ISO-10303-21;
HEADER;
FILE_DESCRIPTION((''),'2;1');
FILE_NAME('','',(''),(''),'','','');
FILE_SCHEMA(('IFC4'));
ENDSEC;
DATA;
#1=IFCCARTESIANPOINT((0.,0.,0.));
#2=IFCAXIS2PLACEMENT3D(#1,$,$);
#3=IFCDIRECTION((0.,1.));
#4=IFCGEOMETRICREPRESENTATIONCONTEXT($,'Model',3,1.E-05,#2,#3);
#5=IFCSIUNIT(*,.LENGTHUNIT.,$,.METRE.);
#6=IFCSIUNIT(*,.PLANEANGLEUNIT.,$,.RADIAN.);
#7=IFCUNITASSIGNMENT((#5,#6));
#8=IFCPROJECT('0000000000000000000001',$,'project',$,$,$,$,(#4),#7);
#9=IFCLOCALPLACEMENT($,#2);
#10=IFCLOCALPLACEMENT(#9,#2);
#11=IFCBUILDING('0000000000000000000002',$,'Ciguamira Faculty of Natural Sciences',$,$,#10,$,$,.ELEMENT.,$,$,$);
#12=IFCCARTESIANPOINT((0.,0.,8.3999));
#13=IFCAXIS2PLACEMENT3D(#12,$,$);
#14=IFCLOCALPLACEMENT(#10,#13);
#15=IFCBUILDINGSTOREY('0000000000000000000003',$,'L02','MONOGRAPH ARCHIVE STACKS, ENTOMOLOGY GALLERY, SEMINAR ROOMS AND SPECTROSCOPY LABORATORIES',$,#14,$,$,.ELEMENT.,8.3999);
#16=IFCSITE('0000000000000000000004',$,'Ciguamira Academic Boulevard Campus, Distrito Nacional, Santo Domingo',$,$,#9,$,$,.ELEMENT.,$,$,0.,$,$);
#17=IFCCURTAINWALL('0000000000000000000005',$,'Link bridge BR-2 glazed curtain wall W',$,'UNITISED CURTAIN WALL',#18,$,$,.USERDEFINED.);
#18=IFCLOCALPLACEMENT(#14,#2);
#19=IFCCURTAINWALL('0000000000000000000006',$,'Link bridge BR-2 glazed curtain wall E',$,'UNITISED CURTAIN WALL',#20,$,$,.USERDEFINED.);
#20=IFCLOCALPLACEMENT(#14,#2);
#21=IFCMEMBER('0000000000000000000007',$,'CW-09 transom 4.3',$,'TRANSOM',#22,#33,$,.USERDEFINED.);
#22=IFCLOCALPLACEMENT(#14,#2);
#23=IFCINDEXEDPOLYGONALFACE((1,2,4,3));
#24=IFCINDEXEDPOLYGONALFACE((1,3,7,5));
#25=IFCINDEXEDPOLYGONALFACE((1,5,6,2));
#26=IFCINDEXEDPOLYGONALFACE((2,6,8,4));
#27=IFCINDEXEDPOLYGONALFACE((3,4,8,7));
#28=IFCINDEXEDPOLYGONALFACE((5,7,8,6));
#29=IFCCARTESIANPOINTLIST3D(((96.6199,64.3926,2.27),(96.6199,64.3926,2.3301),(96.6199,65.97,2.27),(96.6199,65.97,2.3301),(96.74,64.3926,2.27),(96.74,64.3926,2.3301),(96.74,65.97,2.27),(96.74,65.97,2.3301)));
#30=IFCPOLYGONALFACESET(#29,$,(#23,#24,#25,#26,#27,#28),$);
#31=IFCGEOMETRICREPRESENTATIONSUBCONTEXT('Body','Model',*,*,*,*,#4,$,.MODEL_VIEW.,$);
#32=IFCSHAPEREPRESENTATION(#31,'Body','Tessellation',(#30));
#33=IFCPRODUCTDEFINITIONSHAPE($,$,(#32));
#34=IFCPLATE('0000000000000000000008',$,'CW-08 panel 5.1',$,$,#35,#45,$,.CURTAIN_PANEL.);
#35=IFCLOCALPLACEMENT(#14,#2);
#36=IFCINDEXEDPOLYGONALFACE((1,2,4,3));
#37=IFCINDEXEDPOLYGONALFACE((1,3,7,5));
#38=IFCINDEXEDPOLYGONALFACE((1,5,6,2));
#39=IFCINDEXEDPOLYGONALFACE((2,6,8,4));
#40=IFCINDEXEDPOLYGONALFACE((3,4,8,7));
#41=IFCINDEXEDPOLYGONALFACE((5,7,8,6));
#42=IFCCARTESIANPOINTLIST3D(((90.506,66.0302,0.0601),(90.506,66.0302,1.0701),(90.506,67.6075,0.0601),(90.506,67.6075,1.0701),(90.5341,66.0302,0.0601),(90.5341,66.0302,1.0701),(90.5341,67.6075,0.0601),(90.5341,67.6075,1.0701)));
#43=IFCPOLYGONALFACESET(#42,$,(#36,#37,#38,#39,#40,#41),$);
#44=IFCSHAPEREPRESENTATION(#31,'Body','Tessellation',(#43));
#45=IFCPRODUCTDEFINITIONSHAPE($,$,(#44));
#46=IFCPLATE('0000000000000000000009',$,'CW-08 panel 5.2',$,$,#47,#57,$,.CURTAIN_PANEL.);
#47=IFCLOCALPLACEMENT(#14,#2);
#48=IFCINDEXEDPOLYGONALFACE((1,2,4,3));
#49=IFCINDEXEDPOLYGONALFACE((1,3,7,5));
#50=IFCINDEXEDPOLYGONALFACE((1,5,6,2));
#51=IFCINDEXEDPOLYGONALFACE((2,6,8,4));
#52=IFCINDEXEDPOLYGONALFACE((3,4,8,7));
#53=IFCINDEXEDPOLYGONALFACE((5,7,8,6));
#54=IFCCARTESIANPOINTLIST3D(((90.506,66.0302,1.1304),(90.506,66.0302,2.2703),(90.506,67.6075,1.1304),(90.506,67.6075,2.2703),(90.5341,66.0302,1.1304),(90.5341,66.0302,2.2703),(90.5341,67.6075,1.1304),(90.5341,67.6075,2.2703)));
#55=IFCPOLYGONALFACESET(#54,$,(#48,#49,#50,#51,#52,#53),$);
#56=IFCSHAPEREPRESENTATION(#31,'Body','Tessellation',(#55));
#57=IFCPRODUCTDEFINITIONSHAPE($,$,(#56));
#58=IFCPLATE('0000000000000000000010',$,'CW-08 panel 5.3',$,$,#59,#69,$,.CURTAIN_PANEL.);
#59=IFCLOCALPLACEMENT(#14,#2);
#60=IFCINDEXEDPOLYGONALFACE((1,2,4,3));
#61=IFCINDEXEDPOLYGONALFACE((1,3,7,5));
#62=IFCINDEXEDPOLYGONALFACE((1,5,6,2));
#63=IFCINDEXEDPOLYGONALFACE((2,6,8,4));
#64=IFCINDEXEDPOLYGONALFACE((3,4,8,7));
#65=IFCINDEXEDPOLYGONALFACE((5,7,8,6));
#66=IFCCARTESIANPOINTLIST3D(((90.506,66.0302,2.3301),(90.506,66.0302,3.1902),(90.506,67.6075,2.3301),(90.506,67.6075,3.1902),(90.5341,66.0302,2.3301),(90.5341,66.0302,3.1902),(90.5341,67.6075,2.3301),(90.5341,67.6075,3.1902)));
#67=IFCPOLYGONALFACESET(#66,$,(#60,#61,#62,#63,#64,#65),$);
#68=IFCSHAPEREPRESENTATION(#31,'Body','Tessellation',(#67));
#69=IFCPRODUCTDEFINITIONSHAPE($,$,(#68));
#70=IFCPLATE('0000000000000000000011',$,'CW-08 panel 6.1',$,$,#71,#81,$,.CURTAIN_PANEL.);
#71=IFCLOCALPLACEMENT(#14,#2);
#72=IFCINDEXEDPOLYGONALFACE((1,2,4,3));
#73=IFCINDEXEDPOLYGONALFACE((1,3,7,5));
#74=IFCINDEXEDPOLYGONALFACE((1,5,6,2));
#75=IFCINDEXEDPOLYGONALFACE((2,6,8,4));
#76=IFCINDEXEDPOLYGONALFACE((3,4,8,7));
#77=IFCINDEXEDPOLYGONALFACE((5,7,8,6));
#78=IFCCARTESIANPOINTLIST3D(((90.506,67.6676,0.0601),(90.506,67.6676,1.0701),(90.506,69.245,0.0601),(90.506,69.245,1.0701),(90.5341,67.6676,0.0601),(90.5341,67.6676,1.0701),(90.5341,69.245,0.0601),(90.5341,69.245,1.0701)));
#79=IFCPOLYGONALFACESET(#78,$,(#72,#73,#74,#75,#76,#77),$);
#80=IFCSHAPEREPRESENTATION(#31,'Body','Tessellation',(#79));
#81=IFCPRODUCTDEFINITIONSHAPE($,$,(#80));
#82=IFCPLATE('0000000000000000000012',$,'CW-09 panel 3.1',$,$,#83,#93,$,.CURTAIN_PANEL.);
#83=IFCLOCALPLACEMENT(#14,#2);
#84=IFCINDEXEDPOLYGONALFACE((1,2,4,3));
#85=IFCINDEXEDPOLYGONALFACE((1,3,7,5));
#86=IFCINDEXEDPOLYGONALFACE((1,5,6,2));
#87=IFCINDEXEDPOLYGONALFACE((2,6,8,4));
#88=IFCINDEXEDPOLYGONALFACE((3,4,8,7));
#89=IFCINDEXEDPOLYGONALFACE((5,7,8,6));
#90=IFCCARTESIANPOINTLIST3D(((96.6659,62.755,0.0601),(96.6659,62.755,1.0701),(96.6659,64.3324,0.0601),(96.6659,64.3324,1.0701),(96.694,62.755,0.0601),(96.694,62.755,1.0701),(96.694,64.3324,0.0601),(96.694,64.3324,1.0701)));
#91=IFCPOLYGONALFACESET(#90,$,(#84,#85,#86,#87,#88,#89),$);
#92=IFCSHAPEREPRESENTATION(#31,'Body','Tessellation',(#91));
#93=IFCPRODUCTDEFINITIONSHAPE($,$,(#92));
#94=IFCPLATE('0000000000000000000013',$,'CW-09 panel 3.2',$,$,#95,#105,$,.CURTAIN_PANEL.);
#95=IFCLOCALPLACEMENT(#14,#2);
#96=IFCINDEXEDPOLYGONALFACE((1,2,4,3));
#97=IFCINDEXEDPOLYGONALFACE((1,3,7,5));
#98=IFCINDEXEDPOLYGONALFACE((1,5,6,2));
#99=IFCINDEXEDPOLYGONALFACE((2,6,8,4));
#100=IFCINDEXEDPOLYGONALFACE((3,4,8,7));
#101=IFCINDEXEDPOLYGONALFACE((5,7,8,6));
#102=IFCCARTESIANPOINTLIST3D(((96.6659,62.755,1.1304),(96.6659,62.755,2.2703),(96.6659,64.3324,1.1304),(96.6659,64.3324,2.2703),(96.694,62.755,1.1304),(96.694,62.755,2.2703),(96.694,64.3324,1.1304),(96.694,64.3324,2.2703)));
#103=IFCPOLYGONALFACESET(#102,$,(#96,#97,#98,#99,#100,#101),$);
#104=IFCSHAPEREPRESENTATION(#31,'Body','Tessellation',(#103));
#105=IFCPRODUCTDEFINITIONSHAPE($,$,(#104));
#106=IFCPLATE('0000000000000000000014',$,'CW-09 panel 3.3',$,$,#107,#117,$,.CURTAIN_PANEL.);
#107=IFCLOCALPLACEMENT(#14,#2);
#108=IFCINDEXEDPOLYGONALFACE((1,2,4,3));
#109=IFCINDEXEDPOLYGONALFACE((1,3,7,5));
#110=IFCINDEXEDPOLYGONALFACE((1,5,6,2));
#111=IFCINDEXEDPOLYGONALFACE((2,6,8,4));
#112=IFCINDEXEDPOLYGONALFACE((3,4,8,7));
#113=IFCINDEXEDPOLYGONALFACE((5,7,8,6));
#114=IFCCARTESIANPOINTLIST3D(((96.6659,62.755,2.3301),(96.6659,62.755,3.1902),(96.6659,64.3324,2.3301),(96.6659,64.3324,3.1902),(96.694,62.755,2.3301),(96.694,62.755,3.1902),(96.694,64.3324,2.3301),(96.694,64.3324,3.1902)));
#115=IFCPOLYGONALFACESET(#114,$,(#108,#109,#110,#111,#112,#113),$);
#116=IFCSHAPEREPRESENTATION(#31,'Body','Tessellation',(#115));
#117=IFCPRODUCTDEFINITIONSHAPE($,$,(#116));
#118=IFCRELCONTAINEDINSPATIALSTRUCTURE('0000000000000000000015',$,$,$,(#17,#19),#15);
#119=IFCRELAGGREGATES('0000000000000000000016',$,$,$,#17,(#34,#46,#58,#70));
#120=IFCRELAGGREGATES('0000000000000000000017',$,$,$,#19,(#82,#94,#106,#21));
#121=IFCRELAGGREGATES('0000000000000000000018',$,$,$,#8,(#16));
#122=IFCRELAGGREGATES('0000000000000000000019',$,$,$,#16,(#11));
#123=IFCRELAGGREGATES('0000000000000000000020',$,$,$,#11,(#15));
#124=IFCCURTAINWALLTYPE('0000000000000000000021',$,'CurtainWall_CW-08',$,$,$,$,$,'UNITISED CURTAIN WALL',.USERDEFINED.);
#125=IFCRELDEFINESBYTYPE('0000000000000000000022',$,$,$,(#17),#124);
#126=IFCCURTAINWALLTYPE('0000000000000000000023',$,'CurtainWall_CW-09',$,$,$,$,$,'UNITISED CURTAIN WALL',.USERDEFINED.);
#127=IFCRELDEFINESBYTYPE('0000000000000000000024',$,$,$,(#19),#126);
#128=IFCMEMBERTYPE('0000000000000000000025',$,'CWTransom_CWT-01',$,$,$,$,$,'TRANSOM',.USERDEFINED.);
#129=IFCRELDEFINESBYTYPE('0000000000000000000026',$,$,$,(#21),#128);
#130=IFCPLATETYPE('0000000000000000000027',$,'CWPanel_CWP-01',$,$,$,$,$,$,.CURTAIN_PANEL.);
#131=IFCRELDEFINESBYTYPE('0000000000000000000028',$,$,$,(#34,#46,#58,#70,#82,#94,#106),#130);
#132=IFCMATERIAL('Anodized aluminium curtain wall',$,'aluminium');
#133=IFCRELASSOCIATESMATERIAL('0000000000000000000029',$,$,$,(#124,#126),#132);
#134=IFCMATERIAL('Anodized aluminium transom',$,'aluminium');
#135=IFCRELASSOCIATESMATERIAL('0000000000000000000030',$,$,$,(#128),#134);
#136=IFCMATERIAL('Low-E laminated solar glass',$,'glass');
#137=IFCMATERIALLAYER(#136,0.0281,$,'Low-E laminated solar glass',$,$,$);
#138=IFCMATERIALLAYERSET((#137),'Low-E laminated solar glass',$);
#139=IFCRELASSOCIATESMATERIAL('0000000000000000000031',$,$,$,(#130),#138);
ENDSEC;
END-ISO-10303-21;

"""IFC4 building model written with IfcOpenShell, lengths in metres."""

from ifc_helpers import new_model, si_unit, direction, frame, origin, origin_2d, place, context, subcontext, project, spatial, rectangle, extrude, material, layer, layer_set, material_profile, profile_set, type_object, element, aggregate, save


model = new_model("IFC4")

# Units and contexts
model_context = context("Model", 3, precision=1e-05, world=origin(), true_north=direction((0.0, 1.0)))
body_context = subcontext(model_context, "Body", "Model", "MODEL_VIEW")
ifc_project = project(units=[si_unit("LENGTHUNIT", "METRE"), si_unit("PLANEANGLEUNIT", "RADIAN")], contexts=[model_context])

# Site, building, storey
site_placement = place(None, origin())
site = spatial("IfcSite", under=ifc_project, at=site_placement, Name="Ciguamira Academic Boulevard Campus, Distrito Nacional, Santo Domingo", CompositionType="ELEMENT", RefElevation=0.0)
building_placement = place(site_placement, origin())
building = spatial("IfcBuilding", under=site, at=building_placement, Name="Ciguamira Faculty of Natural Sciences", CompositionType="ELEMENT")
storey_placement = place(building_placement, frame((0.0, 0.0, 8.3999)))
storey = spatial("IfcBuildingStorey", under=building, at=storey_placement, Name="L02", Description="MONOGRAPH ARCHIVE STACKS, ENTOMOLOGY GALLERY, SEMINAR ROOMS AND SPECTROSCOPY LABORATORIES", CompositionType="ELEMENT", Elevation=8.3999)

# Curtain walls
ifc_material_1 = material(Name="Anodized aluminium curtain wall", Category="aluminium")
curtain_wall_type_1 = type_object("IfcCurtainWallType", Name="CurtainWall_CW-08", ElementType="UNITISED CURTAIN WALL", PredefinedType="USERDEFINED", material=ifc_material_1)
curtain_wall_1_placement = place(storey_placement, origin())
curtain_wall_1 = element("IfcCurtainWall", 1, at=curtain_wall_1_placement, inside=storey, type_object=curtain_wall_type_1, Name="Link bridge BR-2 glazed curtain wall W", ObjectType="UNITISED CURTAIN WALL", PredefinedType="USERDEFINED")
curtain_wall_type_2 = type_object("IfcCurtainWallType", Name="CurtainWall_CW-09", ElementType="UNITISED CURTAIN WALL", PredefinedType="USERDEFINED", material=ifc_material_1)
curtain_wall_2_placement = place(storey_placement, origin())
curtain_wall_2 = element("IfcCurtainWall", 2, at=curtain_wall_2_placement, inside=storey, type_object=curtain_wall_type_2, Name="Link bridge BR-2 glazed curtain wall E", ObjectType="UNITISED CURTAIN WALL", PredefinedType="USERDEFINED")

# Member
ifc_material_2 = material(Name="Anodized aluminium transom", Category="aluminium")
ifc_material_profile_1 = material_profile(ifc_material_2, rectangle(XDim=0.0601, YDim=0.1201, at=origin_2d()), Name="ALU-TRN-60X120")
ifc_profile_set_1 = profile_set([ifc_material_profile_1], Name="Anodized aluminium transom")
member_type_1 = type_object("IfcMemberType", Name="CWTransom_CWT-01", ElementType="TRANSOM", PredefinedType="USERDEFINED", material=ifc_profile_set_1)
member_1_placement = place(storey_placement, frame((96.6799, 64.3926, 2.3), z_axis=(0.0, 1.0, 0.0), x_axis=(0.0, 0.0, 1.0)))
member_1 = element("IfcMember", 3, at=member_1_placement, type_object=member_type_1, Name="CW-09 transom 4.3", ObjectType="TRANSOM", PredefinedType="USERDEFINED", context=body_context, shape_type="SweptSolid", body=[
    extrude(rectangle(XDim=0.0601, YDim=0.1201, at=origin_2d()), origin(), (0.0, 0.0, 1.0), 1.5774),
])

# Plates
ifc_material_3 = material(Name="Low-E laminated solar glass", Category="glass")
ifc_layer = layer(ifc_material_3, 0.0281, Name="Low-E laminated solar glass")
ifc_layer_set = layer_set([ifc_layer], Name="Low-E laminated solar glass")
plate_type = type_object("IfcPlateType", Name="CWPanel_CWP-01", PredefinedType="CURTAIN_PANEL", material=ifc_layer_set)
plate_1_placement = place(storey_placement, frame((90.52, 66.8188, 0.0601), z_axis=(0.0, 0.0, 1.0), x_axis=(0.0, 1.0, 0.0)))
plate_1 = element("IfcPlate", 4, at=plate_1_placement, type_object=plate_type, Name="CW-08 panel 5.1", PredefinedType="CURTAIN_PANEL", context=body_context, shape_type="SweptSolid", body=[
    extrude(rectangle(XDim=1.5774, YDim=0.0281, at=origin_2d()), origin(), (0.0, 0.0, 1.0), 1.01),
])
plate_2_placement = place(storey_placement, frame((90.52, 66.8188, 1.1304), z_axis=(0.0, 0.0, 1.0), x_axis=(0.0, 1.0, 0.0)))
plate_2 = element("IfcPlate", 5, at=plate_2_placement, type_object=plate_type, Name="CW-08 panel 5.2", PredefinedType="CURTAIN_PANEL", context=body_context, shape_type="SweptSolid", body=[
    extrude(rectangle(XDim=1.5774, YDim=0.0281, at=origin_2d()), origin(), (0.0, 0.0, 1.0), 1.1399),
])
plate_3_placement = place(storey_placement, frame((90.52, 66.8188, 2.3301), z_axis=(0.0, 0.0, 1.0), x_axis=(0.0, 1.0, 0.0)))
plate_3 = element("IfcPlate", 6, at=plate_3_placement, type_object=plate_type, Name="CW-08 panel 5.3", PredefinedType="CURTAIN_PANEL", context=body_context, shape_type="SweptSolid", body=[
    extrude(rectangle(XDim=1.5774, YDim=0.0281, at=origin_2d()), origin(), (0.0, 0.0, 1.0), 0.8601),
])
plate_4_placement = place(storey_placement, frame((90.52, 68.4563, 0.0601), z_axis=(0.0, 0.0, 1.0), x_axis=(0.0, 1.0, 0.0)))
plate_4 = element("IfcPlate", 7, at=plate_4_placement, type_object=plate_type, Name="CW-08 panel 6.1", PredefinedType="CURTAIN_PANEL", context=body_context, shape_type="SweptSolid", body=[
    extrude(rectangle(XDim=1.5774, YDim=0.0281, at=origin_2d()), origin(), (0.0, 0.0, 1.0), 1.01),
])
aggregate(curtain_wall_1, [plate_1, plate_2, plate_3, plate_4])
plate_5_placement = place(storey_placement, frame((96.6799, 63.5437, 0.0601), z_axis=(0.0, 0.0, 1.0), x_axis=(0.0, 1.0, 0.0)))
plate_5 = element("IfcPlate", 8, at=plate_5_placement, type_object=plate_type, Name="CW-09 panel 3.1", PredefinedType="CURTAIN_PANEL", context=body_context, shape_type="SweptSolid", body=[
    extrude(rectangle(XDim=1.5774, YDim=0.0281, at=origin_2d()), origin(), (0.0, 0.0, 1.0), 1.01),
])
plate_6_placement = place(storey_placement, frame((96.6799, 63.5437, 1.1304), z_axis=(0.0, 0.0, 1.0), x_axis=(0.0, 1.0, 0.0)))
plate_6 = element("IfcPlate", 9, at=plate_6_placement, type_object=plate_type, Name="CW-09 panel 3.2", PredefinedType="CURTAIN_PANEL", context=body_context, shape_type="SweptSolid", body=[
    extrude(rectangle(XDim=1.5774, YDim=0.0281, at=origin_2d()), origin(), (0.0, 0.0, 1.0), 1.1399),
])
plate_7_placement = place(storey_placement, frame((96.6799, 63.5437, 2.3301), z_axis=(0.0, 0.0, 1.0), x_axis=(0.0, 1.0, 0.0)))
plate_7 = element("IfcPlate", 10, at=plate_7_placement, type_object=plate_type, Name="CW-09 panel 3.3", PredefinedType="CURTAIN_PANEL", context=body_context, shape_type="SweptSolid", body=[
    extrude(rectangle(XDim=1.5774, YDim=0.0281, at=origin_2d()), origin(), (0.0, 0.0, 1.0), 0.8601),
])
aggregate(curtain_wall_2, [plate_5, plate_6, plate_7, member_1])

save(model, "model.ifc")
